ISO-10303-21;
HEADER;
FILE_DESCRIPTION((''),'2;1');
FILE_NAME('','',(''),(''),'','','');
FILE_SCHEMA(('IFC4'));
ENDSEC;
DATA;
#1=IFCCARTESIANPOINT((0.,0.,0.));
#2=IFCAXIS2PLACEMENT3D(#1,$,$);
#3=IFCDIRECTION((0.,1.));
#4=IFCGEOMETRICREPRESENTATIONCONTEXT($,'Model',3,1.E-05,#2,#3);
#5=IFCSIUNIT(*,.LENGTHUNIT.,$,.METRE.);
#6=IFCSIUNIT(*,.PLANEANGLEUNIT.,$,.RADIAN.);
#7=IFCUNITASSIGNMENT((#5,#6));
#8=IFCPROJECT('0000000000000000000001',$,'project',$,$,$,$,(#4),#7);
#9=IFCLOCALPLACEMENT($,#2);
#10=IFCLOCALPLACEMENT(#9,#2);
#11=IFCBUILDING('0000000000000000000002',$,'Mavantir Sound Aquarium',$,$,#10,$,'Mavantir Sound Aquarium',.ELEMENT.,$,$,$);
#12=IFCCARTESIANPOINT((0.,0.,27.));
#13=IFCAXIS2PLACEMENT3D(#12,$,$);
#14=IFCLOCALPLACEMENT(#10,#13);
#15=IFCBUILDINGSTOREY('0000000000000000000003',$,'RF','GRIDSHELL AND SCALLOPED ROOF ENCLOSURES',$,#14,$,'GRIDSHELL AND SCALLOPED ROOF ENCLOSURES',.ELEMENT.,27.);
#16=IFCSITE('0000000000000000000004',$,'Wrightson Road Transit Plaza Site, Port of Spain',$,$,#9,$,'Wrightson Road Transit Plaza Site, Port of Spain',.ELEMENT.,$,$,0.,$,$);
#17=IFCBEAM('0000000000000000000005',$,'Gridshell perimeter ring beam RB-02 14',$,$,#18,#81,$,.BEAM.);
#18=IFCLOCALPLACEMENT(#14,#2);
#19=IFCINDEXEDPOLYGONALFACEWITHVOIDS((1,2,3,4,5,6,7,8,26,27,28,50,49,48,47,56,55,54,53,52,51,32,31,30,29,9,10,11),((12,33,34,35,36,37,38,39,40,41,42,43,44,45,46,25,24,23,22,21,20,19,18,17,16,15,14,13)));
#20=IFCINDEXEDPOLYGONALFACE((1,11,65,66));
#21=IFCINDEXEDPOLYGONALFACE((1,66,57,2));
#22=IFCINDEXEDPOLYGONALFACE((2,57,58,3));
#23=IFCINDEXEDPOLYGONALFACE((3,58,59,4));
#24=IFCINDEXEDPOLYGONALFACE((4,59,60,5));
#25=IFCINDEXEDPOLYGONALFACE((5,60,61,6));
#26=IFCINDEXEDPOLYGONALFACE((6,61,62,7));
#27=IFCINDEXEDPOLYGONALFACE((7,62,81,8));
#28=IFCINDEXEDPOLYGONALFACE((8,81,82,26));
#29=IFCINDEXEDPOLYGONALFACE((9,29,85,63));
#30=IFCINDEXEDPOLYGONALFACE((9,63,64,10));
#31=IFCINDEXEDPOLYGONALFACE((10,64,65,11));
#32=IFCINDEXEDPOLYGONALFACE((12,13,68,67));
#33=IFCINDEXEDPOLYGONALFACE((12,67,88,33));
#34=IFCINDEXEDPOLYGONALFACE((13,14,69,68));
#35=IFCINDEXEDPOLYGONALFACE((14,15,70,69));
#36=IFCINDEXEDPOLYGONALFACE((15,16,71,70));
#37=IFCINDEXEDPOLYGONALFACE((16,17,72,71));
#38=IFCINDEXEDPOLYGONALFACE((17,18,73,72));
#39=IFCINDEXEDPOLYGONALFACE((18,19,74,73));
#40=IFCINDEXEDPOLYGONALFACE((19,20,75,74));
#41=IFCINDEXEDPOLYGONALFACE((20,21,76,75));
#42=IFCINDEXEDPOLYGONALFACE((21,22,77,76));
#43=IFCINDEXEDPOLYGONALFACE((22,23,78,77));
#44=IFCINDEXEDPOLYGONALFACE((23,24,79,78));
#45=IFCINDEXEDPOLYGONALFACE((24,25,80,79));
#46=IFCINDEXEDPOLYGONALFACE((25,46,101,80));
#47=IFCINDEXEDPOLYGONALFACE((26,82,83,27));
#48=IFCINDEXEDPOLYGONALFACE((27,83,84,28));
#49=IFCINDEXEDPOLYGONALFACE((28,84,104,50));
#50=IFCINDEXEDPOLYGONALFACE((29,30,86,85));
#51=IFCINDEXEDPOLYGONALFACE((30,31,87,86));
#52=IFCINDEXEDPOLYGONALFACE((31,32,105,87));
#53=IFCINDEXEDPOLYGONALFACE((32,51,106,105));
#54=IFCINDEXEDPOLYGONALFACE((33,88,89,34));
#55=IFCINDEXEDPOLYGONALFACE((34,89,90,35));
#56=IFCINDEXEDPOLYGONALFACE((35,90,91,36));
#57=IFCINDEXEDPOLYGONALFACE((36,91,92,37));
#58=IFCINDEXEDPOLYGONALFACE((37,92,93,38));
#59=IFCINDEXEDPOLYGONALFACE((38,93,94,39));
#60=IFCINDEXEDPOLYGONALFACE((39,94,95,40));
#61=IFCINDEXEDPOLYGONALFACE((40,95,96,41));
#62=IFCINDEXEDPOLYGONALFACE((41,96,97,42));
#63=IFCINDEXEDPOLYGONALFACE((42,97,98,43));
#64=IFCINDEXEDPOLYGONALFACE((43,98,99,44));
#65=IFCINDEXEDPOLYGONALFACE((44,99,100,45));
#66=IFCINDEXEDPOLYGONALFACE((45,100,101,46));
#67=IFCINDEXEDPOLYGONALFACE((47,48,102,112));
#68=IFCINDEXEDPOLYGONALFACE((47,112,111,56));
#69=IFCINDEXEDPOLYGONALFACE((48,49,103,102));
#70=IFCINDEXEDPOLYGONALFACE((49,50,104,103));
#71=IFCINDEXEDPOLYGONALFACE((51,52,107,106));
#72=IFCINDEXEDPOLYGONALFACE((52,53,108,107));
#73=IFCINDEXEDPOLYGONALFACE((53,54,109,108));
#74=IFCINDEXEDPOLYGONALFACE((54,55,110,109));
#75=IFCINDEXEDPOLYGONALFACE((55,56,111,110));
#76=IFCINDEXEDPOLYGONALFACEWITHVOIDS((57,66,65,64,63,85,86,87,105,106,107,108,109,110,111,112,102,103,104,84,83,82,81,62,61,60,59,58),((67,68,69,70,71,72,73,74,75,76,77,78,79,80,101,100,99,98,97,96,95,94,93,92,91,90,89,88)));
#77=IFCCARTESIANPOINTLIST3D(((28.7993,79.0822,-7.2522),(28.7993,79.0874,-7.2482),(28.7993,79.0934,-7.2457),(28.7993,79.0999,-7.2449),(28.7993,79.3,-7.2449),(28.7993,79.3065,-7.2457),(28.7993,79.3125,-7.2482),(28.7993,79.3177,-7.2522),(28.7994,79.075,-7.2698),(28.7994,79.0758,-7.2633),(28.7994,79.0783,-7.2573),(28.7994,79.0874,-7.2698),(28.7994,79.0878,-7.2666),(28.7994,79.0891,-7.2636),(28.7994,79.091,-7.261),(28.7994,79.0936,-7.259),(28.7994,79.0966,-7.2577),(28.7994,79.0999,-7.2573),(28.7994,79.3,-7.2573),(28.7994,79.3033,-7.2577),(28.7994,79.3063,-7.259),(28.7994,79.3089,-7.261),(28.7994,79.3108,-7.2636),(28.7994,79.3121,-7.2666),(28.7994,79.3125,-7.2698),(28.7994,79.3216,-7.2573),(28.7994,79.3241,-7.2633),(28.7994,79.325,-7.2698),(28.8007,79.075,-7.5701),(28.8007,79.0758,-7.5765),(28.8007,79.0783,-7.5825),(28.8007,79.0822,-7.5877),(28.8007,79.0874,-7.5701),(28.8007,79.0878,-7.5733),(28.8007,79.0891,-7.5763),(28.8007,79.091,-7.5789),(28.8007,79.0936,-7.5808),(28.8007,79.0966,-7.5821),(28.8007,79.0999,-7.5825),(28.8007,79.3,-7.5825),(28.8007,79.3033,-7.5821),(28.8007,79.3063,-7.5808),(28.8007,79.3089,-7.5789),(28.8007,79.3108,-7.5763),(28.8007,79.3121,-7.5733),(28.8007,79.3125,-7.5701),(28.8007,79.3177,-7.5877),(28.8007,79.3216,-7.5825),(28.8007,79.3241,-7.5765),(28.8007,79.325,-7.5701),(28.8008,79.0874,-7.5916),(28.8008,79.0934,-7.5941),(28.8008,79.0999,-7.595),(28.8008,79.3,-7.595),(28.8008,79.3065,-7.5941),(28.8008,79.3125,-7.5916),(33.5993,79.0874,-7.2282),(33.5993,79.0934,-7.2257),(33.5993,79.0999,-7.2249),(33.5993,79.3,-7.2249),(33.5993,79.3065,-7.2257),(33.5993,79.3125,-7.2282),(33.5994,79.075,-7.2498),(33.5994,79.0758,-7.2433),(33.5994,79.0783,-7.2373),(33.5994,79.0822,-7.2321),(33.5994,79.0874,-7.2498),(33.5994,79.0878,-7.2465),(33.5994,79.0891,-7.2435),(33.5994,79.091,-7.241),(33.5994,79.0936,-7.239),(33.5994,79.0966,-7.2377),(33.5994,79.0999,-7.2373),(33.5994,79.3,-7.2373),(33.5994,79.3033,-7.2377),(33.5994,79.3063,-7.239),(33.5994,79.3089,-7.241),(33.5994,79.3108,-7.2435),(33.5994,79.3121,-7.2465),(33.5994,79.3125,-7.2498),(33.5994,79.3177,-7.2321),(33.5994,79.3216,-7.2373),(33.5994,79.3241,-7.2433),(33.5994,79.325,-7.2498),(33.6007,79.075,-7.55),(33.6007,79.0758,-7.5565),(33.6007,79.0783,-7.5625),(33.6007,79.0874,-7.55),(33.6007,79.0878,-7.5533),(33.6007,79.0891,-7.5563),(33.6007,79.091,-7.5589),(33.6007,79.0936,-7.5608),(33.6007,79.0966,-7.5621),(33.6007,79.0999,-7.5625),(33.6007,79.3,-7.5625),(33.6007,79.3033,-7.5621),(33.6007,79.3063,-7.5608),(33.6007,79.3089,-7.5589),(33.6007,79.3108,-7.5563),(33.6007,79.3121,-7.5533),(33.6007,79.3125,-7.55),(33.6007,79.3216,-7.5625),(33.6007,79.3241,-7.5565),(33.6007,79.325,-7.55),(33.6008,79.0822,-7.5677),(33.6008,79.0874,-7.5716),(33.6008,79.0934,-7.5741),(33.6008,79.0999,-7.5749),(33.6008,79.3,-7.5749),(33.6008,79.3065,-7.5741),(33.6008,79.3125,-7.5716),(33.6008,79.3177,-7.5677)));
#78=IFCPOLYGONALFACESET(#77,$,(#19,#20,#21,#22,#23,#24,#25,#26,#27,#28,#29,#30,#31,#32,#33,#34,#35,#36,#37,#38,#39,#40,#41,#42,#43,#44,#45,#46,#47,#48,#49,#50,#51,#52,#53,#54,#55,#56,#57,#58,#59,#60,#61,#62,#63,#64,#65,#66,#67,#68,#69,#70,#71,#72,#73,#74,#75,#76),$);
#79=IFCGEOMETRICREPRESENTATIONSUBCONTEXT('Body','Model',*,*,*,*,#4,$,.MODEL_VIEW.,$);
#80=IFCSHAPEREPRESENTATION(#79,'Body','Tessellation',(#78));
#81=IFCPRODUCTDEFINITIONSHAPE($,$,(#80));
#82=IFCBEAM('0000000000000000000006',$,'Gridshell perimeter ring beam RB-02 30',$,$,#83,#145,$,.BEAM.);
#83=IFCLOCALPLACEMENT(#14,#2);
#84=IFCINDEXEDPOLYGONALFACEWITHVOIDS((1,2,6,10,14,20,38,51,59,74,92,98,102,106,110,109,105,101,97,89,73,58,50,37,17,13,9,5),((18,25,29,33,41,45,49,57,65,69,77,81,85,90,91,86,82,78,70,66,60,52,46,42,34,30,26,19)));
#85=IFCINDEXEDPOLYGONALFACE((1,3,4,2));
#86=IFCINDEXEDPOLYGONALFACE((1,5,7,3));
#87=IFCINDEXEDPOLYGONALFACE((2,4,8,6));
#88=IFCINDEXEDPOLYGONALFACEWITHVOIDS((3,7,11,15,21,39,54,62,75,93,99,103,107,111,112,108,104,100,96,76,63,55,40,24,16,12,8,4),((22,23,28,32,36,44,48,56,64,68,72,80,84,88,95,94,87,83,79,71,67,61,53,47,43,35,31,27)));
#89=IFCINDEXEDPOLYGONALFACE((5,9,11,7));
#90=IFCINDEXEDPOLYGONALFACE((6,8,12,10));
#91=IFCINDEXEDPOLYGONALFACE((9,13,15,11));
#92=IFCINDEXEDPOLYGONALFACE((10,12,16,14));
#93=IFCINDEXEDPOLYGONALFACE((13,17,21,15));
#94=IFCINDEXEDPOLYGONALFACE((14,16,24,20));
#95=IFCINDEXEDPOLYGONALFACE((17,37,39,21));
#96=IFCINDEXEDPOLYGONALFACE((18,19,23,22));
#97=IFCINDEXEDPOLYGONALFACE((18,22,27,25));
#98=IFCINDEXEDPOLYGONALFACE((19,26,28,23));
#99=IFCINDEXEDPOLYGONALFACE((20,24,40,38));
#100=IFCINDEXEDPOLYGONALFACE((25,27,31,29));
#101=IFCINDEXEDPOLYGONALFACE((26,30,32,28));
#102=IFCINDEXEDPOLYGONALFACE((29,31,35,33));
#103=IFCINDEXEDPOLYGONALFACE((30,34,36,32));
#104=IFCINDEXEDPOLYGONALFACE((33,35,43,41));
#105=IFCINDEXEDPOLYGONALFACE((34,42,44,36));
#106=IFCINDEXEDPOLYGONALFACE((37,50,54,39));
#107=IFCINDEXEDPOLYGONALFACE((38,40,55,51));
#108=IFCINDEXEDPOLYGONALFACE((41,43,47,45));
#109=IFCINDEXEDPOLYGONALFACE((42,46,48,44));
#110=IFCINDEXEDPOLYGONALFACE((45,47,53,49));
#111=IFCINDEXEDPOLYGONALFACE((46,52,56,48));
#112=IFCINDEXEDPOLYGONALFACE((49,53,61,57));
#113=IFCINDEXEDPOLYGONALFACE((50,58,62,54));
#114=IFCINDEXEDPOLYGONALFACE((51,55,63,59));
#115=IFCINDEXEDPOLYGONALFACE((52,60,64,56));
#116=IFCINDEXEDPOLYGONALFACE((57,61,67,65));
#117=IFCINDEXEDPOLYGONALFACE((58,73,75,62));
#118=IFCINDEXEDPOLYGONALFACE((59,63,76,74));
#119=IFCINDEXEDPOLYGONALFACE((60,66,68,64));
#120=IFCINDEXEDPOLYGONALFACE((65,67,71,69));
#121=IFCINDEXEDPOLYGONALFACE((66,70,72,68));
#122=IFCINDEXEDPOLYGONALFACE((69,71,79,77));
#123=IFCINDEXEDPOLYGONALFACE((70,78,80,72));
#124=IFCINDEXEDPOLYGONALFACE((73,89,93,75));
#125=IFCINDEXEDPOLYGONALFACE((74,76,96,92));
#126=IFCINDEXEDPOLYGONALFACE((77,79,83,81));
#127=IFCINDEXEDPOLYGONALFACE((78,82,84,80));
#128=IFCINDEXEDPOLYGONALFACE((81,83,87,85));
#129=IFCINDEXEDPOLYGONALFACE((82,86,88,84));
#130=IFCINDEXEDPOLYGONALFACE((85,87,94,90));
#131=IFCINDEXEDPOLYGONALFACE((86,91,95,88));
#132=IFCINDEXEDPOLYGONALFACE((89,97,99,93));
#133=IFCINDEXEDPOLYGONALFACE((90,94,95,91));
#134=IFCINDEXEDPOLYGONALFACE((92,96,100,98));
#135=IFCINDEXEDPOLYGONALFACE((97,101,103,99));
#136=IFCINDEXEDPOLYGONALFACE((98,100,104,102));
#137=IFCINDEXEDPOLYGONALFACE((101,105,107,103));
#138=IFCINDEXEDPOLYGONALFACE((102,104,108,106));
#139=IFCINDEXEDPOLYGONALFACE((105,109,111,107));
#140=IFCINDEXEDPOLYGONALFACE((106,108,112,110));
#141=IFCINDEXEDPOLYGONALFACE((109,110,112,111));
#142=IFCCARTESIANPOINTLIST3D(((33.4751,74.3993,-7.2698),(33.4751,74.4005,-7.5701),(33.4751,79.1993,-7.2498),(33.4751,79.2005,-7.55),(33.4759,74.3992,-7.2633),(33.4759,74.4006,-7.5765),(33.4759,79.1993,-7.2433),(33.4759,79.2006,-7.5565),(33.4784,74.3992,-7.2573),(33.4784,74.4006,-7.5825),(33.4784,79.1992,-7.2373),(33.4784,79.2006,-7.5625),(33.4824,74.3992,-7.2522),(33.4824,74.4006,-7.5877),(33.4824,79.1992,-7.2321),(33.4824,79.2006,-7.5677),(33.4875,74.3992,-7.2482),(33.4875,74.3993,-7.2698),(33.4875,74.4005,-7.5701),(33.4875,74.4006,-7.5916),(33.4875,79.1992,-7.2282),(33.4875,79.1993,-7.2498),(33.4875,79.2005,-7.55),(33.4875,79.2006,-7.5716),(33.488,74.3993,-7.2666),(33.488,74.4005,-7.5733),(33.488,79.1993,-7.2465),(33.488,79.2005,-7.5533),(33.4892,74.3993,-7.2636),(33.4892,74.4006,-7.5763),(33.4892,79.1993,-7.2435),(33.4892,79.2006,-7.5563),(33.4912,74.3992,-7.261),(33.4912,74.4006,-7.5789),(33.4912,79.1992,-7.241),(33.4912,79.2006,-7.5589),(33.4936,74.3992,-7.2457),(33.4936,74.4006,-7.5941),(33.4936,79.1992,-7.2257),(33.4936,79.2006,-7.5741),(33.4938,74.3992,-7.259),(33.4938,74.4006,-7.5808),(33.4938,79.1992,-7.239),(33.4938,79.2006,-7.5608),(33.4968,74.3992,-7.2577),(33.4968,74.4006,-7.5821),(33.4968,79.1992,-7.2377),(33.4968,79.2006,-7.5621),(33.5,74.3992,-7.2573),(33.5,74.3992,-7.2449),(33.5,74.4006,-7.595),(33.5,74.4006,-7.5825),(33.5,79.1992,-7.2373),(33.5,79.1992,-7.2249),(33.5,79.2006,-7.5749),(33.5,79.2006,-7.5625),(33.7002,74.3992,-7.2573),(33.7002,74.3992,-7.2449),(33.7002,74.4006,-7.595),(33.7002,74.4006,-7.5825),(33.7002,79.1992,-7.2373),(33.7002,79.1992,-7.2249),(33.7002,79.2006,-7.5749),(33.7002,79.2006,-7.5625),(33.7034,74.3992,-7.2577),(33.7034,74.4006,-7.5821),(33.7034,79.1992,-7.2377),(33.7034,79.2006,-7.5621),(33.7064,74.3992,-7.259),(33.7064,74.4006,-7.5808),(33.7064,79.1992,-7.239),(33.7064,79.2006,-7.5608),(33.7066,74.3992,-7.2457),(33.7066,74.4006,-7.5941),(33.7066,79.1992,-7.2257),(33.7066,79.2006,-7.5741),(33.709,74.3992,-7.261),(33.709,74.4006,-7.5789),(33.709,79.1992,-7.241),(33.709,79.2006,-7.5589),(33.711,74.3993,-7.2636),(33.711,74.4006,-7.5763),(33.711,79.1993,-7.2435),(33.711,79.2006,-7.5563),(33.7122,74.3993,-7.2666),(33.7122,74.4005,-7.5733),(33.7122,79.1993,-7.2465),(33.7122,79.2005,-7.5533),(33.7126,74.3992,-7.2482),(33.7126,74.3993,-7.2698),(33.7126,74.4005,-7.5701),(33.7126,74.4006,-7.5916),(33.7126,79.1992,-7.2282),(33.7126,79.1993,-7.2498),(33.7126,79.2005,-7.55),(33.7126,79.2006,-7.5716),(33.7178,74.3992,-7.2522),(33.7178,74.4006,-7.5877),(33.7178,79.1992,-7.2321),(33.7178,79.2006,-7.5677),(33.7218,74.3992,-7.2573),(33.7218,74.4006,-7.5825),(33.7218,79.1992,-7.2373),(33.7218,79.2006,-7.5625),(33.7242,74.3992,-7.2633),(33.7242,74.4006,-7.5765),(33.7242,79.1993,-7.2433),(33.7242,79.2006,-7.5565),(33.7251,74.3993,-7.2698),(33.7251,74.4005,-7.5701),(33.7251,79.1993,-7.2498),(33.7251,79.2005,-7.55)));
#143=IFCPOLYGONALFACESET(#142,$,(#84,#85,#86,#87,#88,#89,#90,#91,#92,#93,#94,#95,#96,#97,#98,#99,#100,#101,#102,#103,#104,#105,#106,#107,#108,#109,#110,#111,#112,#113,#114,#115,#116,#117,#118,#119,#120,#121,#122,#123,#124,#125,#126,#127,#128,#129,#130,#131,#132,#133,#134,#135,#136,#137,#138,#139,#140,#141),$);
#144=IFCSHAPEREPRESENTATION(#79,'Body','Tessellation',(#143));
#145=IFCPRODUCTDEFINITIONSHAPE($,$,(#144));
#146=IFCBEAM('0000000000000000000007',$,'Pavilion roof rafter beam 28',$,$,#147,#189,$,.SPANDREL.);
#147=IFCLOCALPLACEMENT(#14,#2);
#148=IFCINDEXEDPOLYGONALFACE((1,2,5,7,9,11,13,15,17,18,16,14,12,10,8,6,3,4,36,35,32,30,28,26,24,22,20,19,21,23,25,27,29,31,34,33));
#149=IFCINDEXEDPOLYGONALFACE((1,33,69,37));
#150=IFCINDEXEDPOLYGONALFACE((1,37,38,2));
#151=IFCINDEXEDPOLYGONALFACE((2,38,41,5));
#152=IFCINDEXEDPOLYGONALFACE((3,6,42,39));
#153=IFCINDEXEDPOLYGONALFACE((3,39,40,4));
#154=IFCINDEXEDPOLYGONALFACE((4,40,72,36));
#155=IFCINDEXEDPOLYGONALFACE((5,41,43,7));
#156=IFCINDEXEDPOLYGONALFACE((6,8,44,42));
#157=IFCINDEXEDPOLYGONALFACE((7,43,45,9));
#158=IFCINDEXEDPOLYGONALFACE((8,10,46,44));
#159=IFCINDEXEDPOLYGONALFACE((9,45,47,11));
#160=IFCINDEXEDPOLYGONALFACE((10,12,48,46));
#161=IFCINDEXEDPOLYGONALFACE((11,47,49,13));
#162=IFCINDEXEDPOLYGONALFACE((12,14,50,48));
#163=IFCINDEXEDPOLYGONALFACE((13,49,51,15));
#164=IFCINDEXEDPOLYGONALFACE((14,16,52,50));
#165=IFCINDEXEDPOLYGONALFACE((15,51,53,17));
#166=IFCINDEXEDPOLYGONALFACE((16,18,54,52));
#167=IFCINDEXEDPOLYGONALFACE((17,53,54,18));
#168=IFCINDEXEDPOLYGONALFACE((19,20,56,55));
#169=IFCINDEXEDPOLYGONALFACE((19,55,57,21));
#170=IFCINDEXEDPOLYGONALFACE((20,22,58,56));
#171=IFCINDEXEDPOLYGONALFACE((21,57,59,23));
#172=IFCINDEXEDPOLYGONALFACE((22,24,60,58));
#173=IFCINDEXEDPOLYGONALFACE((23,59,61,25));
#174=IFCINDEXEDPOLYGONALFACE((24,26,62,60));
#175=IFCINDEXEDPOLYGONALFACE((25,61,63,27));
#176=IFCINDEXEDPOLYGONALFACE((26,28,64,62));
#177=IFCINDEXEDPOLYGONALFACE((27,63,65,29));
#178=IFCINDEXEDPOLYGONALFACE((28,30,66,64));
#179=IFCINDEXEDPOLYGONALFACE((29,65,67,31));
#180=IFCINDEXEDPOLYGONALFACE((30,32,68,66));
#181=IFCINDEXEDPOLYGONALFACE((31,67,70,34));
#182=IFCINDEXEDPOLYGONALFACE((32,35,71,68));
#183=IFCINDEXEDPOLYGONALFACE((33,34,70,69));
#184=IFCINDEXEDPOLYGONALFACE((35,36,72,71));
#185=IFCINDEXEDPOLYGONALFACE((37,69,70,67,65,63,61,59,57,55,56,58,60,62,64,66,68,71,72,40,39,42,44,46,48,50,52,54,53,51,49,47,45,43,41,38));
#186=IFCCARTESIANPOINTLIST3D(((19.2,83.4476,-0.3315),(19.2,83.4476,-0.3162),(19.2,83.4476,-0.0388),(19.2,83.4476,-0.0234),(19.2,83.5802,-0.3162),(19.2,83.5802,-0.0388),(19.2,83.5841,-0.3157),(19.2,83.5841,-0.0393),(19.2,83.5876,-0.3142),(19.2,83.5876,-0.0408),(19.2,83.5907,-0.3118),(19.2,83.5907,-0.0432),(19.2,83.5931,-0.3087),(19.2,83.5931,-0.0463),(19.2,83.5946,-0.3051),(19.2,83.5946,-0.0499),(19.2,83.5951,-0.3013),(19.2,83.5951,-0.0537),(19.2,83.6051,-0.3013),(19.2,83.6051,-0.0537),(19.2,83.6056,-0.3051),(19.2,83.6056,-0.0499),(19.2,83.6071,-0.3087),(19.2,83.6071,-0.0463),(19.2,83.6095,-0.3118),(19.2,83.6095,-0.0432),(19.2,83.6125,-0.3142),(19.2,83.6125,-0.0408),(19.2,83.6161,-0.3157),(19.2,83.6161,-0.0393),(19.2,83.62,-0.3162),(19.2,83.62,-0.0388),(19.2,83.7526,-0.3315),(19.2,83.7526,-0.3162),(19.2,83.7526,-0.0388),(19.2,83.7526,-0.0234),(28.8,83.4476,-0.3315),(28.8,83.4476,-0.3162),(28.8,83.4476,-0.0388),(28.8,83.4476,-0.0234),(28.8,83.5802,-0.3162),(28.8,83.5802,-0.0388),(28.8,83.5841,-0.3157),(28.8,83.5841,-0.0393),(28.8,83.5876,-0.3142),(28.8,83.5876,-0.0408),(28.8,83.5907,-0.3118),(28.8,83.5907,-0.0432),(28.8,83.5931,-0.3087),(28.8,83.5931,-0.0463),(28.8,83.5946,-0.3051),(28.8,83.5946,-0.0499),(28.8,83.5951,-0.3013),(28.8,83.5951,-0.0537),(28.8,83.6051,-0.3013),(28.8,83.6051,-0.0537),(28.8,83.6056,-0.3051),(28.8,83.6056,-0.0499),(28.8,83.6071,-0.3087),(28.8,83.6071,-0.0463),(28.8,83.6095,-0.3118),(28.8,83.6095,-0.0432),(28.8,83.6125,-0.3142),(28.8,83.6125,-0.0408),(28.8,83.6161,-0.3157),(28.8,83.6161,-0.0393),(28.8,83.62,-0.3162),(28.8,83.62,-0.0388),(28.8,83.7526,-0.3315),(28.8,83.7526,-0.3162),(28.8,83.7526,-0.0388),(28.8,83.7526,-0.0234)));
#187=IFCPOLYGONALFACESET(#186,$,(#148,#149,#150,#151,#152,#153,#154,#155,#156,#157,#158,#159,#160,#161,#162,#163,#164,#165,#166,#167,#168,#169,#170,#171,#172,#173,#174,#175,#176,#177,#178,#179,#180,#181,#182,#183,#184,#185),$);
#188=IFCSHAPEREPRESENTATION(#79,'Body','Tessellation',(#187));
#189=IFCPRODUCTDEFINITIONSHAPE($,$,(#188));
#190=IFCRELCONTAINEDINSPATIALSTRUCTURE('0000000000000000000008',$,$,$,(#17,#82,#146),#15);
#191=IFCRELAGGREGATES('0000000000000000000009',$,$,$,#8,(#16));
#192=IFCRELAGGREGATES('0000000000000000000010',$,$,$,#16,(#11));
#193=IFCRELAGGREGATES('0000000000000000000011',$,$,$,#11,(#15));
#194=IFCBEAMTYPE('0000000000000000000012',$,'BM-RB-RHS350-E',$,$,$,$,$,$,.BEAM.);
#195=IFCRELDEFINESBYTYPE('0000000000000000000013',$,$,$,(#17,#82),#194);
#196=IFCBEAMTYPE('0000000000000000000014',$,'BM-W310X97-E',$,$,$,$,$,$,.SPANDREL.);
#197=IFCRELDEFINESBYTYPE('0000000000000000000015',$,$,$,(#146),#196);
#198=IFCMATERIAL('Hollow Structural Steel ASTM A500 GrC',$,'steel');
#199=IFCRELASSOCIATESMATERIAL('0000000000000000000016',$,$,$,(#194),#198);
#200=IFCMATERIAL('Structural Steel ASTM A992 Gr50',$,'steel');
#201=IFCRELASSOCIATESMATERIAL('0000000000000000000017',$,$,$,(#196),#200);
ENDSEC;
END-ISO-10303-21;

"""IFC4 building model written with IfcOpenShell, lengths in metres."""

from ifc_helpers import new_model, si_unit, direction, frame, origin, origin_2d, place, context, subcontext, project, spatial, hollow_rectangle, i_section, extrude, material, material_profile, profile_set, type_object, element, save


model = new_model("IFC4")

# Units and contexts
model_context = context("Model", 3, precision=1e-05, world=origin(), true_north=direction((0.0, 1.0)))
body_context = subcontext(model_context, "Body", "Model", "MODEL_VIEW")
ifc_project = project(units=[si_unit("LENGTHUNIT", "METRE"), si_unit("PLANEANGLEUNIT", "RADIAN")], contexts=[model_context])

# Site, building, storey
site_placement = place(None, origin())
site = spatial("IfcSite", under=ifc_project, at=site_placement, Name="Wrightson Road Transit Plaza Site, Port of Spain", LongName="Wrightson Road Transit Plaza Site, Port of Spain", CompositionType="ELEMENT", RefElevation=0.0)
building_placement = place(site_placement, origin())
building = spatial("IfcBuilding", under=site, at=building_placement, Name="Mavantir Sound Aquarium", LongName="Mavantir Sound Aquarium", CompositionType="ELEMENT")
storey_placement = place(building_placement, frame((0.0, 0.0, 27.0)))
storey = spatial("IfcBuildingStorey", under=building, at=storey_placement, Name="RF", Description="GRIDSHELL AND SCALLOPED ROOF ENCLOSURES", LongName="GRIDSHELL AND SCALLOPED ROOF ENCLOSURES", CompositionType="ELEMENT", Elevation=27.0)

# Beams
ifc_material_1 = material(Name="Hollow Structural Steel ASTM A500 GrC", Category="steel")
ifc_material_profile_1 = material_profile(ifc_material_1, hollow_rectangle(XDim=0.25, YDim=0.3501, WallThickness=0.0125, InnerFilletRadius=0.0125, OuterFilletRadius=0.0249, at=origin_2d()), Name="RHS 350X250X12.5")
ifc_profile_set_1 = profile_set([ifc_material_profile_1], Name="Hollow Structural Steel ASTM A500 GrC")
beam_type_1 = type_object("IfcBeamType", Name="BM-RB-RHS350-E", PredefinedType="BEAM", material=ifc_profile_set_1)
for number, where, z_axis, x_axis, name in (
    (1, (28.8, 79.2, -7.4199), (0.999991, 0.0, 0.004171), (0.0, 1.0, 0.0), "Gridshell perimeter ring beam RB-02 14"),
    (2, (33.6001, 74.3999, -7.4199), (0.0, 0.999991, 0.004171), (-1.0, 0.0, 0.0), "Gridshell perimeter ring beam RB-02 30"),
):
    element("IfcBeam", number, at=place(storey_placement, frame(where, z_axis=z_axis, x_axis=x_axis)), inside=storey, type_object=beam_type_1, Name=name, PredefinedType="BEAM", context=body_context, shape_type="SweptSolid", body=[
        extrude(hollow_rectangle(XDim=0.25, YDim=0.3501, WallThickness=0.0125, InnerFilletRadius=0.0125, OuterFilletRadius=0.0249, at=origin_2d()), origin(), (0.0, 0.0, 1.0), 4.8),
    ])
ifc_material_2 = material(Name="Structural Steel ASTM A992 Gr50", Category="steel")
ifc_material_profile_2 = material_profile(ifc_material_2, i_section(OverallWidth=0.3049, OverallDepth=0.3081, WebThickness=0.01, FlangeThickness=0.0154, FilletRadius=0.0149, at=origin_2d()), Name="W310X97")
ifc_profile_set_2 = profile_set([ifc_material_profile_2], Name="Structural Steel ASTM A992 Gr50")
beam_type_2 = type_object("IfcBeamType", Name="BM-W310X97-E", PredefinedType="SPANDREL", material=ifc_profile_set_2)
for number, where, z_axis, x_axis, name in (
    (3, (19.2, 83.6001, -0.1775), (1.0, 0.0, 0.0), (0.0, 1.0, 0.0), "Pavilion roof rafter beam 28"),
):
    element("IfcBeam", number, at=place(storey_placement, frame(where, z_axis=z_axis, x_axis=x_axis)), inside=storey, type_object=beam_type_2, Name=name, PredefinedType="SPANDREL", context=body_context, shape_type="SweptSolid", body=[
        extrude(i_section(OverallWidth=0.3049, OverallDepth=0.3081, WebThickness=0.01, FlangeThickness=0.0154, FilletRadius=0.0149, at=origin_2d()), origin(), (0.0, 0.0, 1.0), 9.6001),
    ])

save(model, "model.ifc")
